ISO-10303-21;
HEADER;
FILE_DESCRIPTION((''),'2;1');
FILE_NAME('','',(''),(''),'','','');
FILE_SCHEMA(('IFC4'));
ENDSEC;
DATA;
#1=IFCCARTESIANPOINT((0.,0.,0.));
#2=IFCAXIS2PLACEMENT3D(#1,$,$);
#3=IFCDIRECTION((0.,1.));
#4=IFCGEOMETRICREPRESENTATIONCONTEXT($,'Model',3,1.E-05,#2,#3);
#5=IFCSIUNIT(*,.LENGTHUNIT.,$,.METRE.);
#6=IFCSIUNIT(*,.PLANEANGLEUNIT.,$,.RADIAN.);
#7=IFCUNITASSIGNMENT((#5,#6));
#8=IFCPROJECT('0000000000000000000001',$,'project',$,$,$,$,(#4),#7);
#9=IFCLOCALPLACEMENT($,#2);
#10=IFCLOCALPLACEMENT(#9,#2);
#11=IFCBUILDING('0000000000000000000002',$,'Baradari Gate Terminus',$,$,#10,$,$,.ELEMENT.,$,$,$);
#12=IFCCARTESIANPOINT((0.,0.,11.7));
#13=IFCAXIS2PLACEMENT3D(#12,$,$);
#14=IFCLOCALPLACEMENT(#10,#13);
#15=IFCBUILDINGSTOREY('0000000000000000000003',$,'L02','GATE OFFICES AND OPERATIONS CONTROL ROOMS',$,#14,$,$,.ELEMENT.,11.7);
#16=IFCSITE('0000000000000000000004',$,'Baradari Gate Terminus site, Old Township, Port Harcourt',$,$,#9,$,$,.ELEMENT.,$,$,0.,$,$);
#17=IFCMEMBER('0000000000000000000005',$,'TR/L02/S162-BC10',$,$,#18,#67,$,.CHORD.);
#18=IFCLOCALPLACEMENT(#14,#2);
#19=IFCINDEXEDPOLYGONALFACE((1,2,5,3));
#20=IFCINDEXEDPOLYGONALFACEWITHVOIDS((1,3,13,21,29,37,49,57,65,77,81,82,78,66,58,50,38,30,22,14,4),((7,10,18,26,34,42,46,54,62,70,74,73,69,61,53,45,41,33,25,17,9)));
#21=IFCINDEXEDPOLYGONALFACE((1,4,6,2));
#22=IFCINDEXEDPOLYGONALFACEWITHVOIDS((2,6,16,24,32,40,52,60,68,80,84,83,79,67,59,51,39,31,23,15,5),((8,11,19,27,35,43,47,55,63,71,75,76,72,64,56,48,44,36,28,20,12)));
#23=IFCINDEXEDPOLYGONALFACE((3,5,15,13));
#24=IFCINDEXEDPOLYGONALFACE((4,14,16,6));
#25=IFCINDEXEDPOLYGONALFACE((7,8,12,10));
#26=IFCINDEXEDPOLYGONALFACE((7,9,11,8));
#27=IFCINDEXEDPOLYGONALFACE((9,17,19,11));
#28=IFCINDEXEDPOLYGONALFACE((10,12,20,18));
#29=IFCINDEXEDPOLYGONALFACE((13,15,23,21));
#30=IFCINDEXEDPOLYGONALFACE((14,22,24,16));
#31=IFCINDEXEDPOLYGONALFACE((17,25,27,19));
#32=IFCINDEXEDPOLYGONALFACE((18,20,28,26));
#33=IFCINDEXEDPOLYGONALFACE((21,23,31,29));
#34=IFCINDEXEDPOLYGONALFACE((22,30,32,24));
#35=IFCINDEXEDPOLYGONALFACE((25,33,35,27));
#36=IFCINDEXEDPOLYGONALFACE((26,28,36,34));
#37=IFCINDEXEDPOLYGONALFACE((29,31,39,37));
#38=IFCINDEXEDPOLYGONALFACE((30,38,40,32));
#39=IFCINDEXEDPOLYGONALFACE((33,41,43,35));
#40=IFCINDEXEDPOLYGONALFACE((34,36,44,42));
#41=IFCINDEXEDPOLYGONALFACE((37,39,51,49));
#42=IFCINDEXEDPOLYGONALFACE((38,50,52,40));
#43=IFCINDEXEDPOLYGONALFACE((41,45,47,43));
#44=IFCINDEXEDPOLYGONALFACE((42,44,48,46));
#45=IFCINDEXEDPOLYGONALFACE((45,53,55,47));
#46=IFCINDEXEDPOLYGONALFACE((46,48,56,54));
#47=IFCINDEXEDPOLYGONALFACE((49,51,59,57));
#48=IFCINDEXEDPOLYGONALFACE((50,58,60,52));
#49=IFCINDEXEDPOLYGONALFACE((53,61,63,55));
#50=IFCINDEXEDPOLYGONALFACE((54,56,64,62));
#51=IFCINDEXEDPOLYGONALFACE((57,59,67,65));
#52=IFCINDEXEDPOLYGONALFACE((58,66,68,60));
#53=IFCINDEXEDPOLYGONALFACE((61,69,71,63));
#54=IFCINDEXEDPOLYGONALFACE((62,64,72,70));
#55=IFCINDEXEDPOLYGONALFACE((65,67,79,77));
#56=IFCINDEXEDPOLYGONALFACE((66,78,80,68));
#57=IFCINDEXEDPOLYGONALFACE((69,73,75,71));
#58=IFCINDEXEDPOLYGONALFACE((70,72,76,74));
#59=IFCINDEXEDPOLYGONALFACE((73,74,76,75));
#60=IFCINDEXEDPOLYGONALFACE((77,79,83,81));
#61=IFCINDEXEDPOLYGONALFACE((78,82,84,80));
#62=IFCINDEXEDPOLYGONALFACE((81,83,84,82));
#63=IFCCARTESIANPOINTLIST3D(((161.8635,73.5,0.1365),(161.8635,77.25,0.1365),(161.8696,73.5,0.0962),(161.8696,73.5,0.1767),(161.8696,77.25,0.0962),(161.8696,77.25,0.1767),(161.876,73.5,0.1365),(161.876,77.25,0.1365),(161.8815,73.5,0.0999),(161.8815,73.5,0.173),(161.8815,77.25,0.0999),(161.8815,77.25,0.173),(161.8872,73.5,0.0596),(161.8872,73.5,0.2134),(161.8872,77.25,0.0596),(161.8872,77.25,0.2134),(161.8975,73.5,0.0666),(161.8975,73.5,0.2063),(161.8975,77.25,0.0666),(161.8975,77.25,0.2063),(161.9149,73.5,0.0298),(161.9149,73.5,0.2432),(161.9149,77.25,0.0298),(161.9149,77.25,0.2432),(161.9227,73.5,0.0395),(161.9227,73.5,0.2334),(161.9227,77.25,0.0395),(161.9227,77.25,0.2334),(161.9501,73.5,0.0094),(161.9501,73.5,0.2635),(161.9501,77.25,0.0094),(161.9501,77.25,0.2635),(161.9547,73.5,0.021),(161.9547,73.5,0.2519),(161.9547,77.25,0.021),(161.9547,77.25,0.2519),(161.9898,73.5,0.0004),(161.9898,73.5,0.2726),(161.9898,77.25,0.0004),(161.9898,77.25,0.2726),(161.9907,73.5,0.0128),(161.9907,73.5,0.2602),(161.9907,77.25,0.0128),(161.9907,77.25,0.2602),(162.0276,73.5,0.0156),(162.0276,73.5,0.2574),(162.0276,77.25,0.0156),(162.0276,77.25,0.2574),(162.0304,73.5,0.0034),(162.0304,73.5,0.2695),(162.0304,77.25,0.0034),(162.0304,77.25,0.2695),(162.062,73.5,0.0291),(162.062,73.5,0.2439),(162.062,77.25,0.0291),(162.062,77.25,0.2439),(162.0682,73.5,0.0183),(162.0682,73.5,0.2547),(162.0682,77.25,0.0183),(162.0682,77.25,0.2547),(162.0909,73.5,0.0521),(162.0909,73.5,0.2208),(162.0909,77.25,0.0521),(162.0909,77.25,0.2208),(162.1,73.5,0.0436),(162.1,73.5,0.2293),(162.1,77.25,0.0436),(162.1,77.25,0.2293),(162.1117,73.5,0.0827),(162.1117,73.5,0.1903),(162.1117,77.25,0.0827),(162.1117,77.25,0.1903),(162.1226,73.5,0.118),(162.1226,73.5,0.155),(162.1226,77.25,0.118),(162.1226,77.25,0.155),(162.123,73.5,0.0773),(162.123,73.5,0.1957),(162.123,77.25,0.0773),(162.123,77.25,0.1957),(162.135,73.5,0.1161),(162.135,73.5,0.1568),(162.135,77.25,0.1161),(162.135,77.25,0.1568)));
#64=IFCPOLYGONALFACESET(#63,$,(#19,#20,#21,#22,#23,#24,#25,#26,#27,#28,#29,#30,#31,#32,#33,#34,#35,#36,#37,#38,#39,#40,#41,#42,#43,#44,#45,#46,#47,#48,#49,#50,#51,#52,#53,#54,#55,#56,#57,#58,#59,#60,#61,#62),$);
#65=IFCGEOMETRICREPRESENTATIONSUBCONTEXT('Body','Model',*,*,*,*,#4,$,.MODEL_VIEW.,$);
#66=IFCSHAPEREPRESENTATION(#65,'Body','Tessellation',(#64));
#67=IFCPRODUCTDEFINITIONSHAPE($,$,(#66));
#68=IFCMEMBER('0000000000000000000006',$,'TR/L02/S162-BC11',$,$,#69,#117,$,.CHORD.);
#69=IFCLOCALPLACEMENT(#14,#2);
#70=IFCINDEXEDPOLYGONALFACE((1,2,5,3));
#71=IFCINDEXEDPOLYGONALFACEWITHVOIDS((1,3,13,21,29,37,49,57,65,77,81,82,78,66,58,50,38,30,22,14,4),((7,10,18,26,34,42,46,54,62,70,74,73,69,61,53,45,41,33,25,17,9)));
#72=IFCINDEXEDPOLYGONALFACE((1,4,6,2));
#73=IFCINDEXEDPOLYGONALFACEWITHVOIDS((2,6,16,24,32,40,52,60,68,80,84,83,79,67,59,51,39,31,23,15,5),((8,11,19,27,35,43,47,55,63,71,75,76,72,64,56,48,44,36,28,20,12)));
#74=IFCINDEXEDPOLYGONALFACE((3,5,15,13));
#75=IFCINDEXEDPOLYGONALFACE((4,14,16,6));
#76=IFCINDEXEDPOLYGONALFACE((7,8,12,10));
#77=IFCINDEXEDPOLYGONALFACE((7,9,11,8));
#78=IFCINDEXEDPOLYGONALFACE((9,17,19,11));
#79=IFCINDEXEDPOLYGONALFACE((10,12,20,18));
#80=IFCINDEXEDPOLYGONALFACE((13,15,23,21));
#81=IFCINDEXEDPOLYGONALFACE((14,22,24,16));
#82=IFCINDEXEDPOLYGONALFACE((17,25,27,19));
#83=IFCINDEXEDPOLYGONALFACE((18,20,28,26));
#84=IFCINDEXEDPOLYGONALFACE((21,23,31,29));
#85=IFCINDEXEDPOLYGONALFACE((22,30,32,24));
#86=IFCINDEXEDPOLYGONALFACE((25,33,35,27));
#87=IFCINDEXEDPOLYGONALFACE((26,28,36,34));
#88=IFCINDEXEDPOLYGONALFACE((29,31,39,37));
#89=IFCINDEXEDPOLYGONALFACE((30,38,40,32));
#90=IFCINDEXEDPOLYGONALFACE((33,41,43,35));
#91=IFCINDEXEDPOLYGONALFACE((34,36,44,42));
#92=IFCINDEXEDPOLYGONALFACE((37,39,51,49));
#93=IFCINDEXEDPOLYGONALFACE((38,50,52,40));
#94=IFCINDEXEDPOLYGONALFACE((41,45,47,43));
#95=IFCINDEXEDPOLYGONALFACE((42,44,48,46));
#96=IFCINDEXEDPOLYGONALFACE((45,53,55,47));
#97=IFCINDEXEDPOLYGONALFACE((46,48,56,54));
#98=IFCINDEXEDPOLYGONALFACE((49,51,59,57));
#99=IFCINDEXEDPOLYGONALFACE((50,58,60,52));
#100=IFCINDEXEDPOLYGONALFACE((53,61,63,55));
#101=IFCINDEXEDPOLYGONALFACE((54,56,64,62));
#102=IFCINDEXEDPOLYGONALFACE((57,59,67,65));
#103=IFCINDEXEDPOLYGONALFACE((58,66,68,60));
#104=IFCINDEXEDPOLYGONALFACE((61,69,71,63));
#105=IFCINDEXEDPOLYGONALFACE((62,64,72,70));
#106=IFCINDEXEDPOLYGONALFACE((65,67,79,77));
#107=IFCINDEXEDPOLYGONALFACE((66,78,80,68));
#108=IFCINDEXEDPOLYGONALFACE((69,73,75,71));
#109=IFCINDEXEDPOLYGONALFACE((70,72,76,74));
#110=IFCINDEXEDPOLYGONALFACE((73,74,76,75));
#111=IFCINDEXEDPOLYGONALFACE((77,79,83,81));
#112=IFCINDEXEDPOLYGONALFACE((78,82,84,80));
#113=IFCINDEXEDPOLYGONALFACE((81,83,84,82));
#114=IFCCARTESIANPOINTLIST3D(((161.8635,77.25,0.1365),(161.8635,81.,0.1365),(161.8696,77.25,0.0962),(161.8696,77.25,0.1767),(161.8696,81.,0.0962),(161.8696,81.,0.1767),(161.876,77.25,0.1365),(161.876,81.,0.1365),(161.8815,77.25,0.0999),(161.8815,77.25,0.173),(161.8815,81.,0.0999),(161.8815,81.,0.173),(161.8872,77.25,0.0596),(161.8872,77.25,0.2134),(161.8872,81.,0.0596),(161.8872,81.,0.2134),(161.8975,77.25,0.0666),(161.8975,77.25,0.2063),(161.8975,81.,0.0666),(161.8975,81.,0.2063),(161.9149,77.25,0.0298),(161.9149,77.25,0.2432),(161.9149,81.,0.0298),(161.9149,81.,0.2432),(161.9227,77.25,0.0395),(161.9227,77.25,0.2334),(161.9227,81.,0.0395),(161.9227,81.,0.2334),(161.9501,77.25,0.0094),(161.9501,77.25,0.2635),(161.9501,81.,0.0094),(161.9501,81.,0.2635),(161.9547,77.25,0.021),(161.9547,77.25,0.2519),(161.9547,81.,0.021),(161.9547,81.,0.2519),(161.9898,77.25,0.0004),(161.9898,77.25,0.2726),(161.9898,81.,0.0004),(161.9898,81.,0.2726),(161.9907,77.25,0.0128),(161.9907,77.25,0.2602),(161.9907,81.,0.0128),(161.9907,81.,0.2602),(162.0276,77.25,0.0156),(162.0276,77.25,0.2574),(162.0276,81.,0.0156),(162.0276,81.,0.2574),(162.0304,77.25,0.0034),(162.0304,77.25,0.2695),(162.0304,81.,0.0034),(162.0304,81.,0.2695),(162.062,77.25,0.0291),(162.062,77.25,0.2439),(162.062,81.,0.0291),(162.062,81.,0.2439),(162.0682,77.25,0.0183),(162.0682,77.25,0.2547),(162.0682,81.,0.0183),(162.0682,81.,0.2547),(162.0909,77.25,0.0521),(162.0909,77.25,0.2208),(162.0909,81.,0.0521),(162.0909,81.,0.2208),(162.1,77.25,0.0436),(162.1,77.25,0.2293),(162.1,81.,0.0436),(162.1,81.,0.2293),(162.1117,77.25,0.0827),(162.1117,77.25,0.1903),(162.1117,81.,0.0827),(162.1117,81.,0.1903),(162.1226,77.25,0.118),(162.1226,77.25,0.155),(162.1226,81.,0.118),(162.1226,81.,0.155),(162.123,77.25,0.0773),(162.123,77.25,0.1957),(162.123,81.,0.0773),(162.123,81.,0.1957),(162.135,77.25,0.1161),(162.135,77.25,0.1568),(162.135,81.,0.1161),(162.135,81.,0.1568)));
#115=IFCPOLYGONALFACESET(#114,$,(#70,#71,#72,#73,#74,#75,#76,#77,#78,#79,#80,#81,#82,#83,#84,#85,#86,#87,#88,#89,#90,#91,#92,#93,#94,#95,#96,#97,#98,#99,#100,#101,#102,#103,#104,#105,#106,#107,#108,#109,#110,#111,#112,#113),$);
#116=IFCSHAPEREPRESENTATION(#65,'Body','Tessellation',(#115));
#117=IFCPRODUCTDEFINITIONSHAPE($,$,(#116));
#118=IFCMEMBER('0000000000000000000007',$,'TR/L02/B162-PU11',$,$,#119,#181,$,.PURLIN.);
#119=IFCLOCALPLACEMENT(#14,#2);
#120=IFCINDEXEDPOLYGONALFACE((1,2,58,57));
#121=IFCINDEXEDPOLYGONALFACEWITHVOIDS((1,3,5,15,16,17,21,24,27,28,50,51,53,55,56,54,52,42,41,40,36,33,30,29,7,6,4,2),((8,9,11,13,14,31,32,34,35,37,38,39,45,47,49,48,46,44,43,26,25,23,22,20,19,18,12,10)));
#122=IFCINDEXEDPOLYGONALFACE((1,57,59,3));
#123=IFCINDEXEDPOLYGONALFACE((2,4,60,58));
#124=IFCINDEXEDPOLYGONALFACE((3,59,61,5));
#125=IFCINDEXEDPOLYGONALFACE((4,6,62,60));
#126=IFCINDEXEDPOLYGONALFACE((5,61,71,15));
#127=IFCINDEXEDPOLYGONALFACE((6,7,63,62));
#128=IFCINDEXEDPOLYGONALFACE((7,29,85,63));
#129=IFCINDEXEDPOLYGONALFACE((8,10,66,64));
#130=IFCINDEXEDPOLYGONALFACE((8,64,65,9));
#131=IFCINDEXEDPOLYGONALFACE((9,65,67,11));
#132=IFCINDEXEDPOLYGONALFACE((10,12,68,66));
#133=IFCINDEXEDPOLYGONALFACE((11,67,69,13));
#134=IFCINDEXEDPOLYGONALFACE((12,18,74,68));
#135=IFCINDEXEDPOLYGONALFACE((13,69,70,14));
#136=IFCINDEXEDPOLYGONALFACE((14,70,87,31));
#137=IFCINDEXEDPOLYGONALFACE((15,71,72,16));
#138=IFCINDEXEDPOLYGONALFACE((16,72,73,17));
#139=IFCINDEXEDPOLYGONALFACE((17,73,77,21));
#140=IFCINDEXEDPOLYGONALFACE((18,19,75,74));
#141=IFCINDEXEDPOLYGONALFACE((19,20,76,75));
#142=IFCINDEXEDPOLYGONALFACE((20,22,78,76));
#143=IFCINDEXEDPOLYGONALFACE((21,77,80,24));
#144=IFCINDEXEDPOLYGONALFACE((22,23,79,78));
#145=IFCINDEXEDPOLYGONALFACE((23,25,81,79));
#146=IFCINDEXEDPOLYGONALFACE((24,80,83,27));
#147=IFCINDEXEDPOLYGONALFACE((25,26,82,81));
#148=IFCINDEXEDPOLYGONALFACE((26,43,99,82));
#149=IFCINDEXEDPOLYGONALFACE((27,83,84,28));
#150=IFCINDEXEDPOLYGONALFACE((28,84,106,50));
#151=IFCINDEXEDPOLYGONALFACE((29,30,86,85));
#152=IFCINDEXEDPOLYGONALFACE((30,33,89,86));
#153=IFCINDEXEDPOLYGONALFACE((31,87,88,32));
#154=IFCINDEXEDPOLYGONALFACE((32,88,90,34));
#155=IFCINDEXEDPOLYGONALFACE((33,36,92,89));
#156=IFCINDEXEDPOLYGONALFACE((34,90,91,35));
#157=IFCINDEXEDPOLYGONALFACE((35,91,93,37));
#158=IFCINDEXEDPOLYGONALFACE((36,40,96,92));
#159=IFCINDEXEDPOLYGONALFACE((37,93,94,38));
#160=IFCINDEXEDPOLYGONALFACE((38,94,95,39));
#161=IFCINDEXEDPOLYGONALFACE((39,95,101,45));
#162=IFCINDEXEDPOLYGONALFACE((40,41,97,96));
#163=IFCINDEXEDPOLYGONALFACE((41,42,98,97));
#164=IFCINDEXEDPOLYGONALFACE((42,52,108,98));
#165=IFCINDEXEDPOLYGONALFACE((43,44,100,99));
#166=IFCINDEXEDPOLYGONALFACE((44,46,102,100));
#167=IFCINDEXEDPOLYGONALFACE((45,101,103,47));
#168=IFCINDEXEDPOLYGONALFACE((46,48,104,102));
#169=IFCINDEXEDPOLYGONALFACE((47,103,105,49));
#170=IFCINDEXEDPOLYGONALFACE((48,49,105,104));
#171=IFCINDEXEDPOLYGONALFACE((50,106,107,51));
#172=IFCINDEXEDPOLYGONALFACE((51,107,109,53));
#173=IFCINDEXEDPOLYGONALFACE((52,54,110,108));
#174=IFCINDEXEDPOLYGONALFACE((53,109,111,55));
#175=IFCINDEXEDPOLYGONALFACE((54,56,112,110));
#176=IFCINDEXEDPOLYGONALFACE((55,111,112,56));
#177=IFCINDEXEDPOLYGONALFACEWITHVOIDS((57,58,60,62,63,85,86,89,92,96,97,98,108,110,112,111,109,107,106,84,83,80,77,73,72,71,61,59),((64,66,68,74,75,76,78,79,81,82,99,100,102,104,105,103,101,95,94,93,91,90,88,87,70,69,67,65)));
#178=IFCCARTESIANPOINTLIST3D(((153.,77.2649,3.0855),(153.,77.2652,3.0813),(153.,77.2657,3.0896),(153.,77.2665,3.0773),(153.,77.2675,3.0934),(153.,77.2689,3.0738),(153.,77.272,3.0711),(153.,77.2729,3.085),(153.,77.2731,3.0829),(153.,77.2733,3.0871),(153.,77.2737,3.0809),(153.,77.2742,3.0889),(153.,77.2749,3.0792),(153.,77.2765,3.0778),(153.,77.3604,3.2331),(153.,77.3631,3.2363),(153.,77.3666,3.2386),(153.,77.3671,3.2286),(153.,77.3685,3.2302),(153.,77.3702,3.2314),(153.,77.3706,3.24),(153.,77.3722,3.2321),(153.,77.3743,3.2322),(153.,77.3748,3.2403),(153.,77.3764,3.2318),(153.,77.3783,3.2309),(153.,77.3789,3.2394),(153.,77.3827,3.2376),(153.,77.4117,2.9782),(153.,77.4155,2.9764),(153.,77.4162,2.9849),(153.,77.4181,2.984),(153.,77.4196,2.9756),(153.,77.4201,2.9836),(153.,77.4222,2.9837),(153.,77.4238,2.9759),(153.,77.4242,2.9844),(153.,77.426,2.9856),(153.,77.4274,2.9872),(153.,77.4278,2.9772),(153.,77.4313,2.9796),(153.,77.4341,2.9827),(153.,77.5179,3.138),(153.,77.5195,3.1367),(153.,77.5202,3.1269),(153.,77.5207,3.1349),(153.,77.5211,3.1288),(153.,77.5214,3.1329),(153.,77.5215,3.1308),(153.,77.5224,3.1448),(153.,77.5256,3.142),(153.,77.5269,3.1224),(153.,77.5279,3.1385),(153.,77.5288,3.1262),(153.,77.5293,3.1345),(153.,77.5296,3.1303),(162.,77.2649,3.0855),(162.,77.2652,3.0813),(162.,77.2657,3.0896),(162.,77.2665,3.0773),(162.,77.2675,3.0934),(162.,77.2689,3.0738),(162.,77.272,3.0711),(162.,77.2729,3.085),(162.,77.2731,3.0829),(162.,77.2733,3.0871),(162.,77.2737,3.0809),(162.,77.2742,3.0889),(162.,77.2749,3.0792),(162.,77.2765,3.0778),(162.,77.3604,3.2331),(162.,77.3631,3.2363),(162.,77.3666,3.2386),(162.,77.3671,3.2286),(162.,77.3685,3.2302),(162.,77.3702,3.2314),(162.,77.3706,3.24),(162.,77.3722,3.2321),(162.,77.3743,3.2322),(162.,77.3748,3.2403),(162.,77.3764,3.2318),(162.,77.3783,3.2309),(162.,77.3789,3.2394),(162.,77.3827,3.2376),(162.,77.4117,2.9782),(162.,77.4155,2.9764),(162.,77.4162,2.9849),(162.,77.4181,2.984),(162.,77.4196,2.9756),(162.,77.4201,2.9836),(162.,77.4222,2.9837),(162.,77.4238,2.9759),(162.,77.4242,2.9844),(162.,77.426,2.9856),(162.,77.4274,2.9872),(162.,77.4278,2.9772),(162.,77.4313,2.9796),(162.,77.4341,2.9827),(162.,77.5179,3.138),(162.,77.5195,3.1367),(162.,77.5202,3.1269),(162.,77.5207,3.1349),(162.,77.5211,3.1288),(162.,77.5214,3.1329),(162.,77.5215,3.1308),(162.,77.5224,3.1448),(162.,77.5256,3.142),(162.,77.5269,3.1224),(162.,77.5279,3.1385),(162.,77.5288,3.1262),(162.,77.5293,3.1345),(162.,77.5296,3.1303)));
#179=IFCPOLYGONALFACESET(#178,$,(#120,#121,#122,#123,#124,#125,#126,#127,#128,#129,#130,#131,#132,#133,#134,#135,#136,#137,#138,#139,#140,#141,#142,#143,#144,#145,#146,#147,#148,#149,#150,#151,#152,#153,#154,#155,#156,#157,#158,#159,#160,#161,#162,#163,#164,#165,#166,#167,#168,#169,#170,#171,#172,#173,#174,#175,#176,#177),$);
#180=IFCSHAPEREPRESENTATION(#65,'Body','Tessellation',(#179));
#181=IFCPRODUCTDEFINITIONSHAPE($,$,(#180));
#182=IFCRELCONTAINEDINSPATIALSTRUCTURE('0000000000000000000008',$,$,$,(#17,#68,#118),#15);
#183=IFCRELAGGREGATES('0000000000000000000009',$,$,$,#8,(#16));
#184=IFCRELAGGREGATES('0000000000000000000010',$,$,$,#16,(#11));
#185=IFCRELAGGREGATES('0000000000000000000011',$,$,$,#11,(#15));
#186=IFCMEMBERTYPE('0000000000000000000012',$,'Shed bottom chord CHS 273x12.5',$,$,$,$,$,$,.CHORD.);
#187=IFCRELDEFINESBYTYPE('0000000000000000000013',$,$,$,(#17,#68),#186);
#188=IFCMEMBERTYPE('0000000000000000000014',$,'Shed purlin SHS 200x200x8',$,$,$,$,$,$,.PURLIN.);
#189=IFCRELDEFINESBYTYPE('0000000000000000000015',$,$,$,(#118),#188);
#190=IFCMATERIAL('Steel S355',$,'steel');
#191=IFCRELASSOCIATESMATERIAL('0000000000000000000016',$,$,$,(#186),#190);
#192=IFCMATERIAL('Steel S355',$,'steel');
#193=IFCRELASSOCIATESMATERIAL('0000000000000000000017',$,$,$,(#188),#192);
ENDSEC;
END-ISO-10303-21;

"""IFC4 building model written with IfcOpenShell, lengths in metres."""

from ifc_helpers import new_model, si_unit, direction, frame, origin, origin_2d, place, context, subcontext, project, spatial, hollow_rectangle, hollow_circle, extrude, material, material_profile, profile_set, type_object, element, save


model = new_model("IFC4")

# Units and contexts
model_context = context("Model", 3, precision=1e-05, world=origin(), true_north=direction((0.0, 1.0)))
body_context = subcontext(model_context, "Body", "Model", "MODEL_VIEW")
ifc_project = project(units=[si_unit("LENGTHUNIT", "METRE"), si_unit("PLANEANGLEUNIT", "RADIAN")], contexts=[model_context])

# Site, building, storey
site_placement = place(None, origin())
site = spatial("IfcSite", under=ifc_project, at=site_placement, Name="Baradari Gate Terminus site, Old Township, Port Harcourt", CompositionType="ELEMENT", RefElevation=0.0)
building_placement = place(site_placement, origin())
building = spatial("IfcBuilding", under=site, at=building_placement, Name="Baradari Gate Terminus", CompositionType="ELEMENT")
storey_placement = place(building_placement, frame((0.0, 0.0, 11.7)))
storey = spatial("IfcBuildingStorey", under=building, at=storey_placement, Name="L02", Description="GATE OFFICES AND OPERATIONS CONTROL ROOMS", CompositionType="ELEMENT", Elevation=11.7)

# Members
ifc_material_1 = material(Name="Steel S355", Category="steel")
ifc_material_profile_1 = material_profile(ifc_material_1, hollow_circle(Radius=0.1365, WallThickness=0.0125, at=origin_2d()), Name="CHS 273x12.5")
ifc_profile_set_1 = profile_set([ifc_material_profile_1], Name="Steel S355")
member_type_1 = type_object("IfcMemberType", Name="Shed bottom chord CHS 273x12.5", PredefinedType="CHORD", material=ifc_profile_set_1)
for number, where, z_axis, x_axis, name in (
    (1, (162.0, 73.5, 0.1365), (0.0, 1.0, 0.0), (-1.0, 0.0, 0.0), "TR/L02/S162-BC10"),
    (2, (162.0, 77.25, 0.1365), (0.0, 1.0, 0.0), (-1.0, 0.0, 0.0), "TR/L02/S162-BC11"),
):
    element("IfcMember", number, at=place(storey_placement, frame(where, z_axis=z_axis, x_axis=x_axis)), inside=storey, type_object=member_type_1, Name=name, PredefinedType="CHORD", context=body_context, shape_type="SweptSolid", body=[
        extrude(hollow_circle(Radius=0.1365, WallThickness=0.0125, at=origin_2d()), origin(), (0.0, 0.0, 1.0), 3.75),
    ])
ifc_material_2 = material(Name="Steel S355", Category="steel")
ifc_material_profile_2 = material_profile(ifc_material_2, hollow_rectangle(XDim=0.2, YDim=0.2, WallThickness=0.0081, InnerFilletRadius=0.0081, OuterFilletRadius=0.0161, at=origin_2d()), Name="SHS 200x200x8")
ifc_profile_set_2 = profile_set([ifc_material_profile_2], Name="Steel S355")
member_type_2 = type_object("IfcMemberType", Name="Shed purlin SHS 200x200x8", PredefinedType="PURLIN", material=ifc_profile_set_2)
for number, where, z_axis, x_axis, name in (
    (3, (153.0, 77.3972, 3.1079), (1.0, 0.0, 0.0), (0.0, 0.832836, -0.553519), "TR/L02/B162-PU11"),
):
    element("IfcMember", number, at=place(storey_placement, frame(where, z_axis=z_axis, x_axis=x_axis)), inside=storey, type_object=member_type_2, Name=name, PredefinedType="PURLIN", context=body_context, shape_type="SweptSolid", body=[
        extrude(hollow_rectangle(XDim=0.2, YDim=0.2, WallThickness=0.0081, InnerFilletRadius=0.0081, OuterFilletRadius=0.0161, at=origin_2d()), origin(), (0.0, 0.0, 1.0), 9.0),
    ])

save(model, "model.ifc")
